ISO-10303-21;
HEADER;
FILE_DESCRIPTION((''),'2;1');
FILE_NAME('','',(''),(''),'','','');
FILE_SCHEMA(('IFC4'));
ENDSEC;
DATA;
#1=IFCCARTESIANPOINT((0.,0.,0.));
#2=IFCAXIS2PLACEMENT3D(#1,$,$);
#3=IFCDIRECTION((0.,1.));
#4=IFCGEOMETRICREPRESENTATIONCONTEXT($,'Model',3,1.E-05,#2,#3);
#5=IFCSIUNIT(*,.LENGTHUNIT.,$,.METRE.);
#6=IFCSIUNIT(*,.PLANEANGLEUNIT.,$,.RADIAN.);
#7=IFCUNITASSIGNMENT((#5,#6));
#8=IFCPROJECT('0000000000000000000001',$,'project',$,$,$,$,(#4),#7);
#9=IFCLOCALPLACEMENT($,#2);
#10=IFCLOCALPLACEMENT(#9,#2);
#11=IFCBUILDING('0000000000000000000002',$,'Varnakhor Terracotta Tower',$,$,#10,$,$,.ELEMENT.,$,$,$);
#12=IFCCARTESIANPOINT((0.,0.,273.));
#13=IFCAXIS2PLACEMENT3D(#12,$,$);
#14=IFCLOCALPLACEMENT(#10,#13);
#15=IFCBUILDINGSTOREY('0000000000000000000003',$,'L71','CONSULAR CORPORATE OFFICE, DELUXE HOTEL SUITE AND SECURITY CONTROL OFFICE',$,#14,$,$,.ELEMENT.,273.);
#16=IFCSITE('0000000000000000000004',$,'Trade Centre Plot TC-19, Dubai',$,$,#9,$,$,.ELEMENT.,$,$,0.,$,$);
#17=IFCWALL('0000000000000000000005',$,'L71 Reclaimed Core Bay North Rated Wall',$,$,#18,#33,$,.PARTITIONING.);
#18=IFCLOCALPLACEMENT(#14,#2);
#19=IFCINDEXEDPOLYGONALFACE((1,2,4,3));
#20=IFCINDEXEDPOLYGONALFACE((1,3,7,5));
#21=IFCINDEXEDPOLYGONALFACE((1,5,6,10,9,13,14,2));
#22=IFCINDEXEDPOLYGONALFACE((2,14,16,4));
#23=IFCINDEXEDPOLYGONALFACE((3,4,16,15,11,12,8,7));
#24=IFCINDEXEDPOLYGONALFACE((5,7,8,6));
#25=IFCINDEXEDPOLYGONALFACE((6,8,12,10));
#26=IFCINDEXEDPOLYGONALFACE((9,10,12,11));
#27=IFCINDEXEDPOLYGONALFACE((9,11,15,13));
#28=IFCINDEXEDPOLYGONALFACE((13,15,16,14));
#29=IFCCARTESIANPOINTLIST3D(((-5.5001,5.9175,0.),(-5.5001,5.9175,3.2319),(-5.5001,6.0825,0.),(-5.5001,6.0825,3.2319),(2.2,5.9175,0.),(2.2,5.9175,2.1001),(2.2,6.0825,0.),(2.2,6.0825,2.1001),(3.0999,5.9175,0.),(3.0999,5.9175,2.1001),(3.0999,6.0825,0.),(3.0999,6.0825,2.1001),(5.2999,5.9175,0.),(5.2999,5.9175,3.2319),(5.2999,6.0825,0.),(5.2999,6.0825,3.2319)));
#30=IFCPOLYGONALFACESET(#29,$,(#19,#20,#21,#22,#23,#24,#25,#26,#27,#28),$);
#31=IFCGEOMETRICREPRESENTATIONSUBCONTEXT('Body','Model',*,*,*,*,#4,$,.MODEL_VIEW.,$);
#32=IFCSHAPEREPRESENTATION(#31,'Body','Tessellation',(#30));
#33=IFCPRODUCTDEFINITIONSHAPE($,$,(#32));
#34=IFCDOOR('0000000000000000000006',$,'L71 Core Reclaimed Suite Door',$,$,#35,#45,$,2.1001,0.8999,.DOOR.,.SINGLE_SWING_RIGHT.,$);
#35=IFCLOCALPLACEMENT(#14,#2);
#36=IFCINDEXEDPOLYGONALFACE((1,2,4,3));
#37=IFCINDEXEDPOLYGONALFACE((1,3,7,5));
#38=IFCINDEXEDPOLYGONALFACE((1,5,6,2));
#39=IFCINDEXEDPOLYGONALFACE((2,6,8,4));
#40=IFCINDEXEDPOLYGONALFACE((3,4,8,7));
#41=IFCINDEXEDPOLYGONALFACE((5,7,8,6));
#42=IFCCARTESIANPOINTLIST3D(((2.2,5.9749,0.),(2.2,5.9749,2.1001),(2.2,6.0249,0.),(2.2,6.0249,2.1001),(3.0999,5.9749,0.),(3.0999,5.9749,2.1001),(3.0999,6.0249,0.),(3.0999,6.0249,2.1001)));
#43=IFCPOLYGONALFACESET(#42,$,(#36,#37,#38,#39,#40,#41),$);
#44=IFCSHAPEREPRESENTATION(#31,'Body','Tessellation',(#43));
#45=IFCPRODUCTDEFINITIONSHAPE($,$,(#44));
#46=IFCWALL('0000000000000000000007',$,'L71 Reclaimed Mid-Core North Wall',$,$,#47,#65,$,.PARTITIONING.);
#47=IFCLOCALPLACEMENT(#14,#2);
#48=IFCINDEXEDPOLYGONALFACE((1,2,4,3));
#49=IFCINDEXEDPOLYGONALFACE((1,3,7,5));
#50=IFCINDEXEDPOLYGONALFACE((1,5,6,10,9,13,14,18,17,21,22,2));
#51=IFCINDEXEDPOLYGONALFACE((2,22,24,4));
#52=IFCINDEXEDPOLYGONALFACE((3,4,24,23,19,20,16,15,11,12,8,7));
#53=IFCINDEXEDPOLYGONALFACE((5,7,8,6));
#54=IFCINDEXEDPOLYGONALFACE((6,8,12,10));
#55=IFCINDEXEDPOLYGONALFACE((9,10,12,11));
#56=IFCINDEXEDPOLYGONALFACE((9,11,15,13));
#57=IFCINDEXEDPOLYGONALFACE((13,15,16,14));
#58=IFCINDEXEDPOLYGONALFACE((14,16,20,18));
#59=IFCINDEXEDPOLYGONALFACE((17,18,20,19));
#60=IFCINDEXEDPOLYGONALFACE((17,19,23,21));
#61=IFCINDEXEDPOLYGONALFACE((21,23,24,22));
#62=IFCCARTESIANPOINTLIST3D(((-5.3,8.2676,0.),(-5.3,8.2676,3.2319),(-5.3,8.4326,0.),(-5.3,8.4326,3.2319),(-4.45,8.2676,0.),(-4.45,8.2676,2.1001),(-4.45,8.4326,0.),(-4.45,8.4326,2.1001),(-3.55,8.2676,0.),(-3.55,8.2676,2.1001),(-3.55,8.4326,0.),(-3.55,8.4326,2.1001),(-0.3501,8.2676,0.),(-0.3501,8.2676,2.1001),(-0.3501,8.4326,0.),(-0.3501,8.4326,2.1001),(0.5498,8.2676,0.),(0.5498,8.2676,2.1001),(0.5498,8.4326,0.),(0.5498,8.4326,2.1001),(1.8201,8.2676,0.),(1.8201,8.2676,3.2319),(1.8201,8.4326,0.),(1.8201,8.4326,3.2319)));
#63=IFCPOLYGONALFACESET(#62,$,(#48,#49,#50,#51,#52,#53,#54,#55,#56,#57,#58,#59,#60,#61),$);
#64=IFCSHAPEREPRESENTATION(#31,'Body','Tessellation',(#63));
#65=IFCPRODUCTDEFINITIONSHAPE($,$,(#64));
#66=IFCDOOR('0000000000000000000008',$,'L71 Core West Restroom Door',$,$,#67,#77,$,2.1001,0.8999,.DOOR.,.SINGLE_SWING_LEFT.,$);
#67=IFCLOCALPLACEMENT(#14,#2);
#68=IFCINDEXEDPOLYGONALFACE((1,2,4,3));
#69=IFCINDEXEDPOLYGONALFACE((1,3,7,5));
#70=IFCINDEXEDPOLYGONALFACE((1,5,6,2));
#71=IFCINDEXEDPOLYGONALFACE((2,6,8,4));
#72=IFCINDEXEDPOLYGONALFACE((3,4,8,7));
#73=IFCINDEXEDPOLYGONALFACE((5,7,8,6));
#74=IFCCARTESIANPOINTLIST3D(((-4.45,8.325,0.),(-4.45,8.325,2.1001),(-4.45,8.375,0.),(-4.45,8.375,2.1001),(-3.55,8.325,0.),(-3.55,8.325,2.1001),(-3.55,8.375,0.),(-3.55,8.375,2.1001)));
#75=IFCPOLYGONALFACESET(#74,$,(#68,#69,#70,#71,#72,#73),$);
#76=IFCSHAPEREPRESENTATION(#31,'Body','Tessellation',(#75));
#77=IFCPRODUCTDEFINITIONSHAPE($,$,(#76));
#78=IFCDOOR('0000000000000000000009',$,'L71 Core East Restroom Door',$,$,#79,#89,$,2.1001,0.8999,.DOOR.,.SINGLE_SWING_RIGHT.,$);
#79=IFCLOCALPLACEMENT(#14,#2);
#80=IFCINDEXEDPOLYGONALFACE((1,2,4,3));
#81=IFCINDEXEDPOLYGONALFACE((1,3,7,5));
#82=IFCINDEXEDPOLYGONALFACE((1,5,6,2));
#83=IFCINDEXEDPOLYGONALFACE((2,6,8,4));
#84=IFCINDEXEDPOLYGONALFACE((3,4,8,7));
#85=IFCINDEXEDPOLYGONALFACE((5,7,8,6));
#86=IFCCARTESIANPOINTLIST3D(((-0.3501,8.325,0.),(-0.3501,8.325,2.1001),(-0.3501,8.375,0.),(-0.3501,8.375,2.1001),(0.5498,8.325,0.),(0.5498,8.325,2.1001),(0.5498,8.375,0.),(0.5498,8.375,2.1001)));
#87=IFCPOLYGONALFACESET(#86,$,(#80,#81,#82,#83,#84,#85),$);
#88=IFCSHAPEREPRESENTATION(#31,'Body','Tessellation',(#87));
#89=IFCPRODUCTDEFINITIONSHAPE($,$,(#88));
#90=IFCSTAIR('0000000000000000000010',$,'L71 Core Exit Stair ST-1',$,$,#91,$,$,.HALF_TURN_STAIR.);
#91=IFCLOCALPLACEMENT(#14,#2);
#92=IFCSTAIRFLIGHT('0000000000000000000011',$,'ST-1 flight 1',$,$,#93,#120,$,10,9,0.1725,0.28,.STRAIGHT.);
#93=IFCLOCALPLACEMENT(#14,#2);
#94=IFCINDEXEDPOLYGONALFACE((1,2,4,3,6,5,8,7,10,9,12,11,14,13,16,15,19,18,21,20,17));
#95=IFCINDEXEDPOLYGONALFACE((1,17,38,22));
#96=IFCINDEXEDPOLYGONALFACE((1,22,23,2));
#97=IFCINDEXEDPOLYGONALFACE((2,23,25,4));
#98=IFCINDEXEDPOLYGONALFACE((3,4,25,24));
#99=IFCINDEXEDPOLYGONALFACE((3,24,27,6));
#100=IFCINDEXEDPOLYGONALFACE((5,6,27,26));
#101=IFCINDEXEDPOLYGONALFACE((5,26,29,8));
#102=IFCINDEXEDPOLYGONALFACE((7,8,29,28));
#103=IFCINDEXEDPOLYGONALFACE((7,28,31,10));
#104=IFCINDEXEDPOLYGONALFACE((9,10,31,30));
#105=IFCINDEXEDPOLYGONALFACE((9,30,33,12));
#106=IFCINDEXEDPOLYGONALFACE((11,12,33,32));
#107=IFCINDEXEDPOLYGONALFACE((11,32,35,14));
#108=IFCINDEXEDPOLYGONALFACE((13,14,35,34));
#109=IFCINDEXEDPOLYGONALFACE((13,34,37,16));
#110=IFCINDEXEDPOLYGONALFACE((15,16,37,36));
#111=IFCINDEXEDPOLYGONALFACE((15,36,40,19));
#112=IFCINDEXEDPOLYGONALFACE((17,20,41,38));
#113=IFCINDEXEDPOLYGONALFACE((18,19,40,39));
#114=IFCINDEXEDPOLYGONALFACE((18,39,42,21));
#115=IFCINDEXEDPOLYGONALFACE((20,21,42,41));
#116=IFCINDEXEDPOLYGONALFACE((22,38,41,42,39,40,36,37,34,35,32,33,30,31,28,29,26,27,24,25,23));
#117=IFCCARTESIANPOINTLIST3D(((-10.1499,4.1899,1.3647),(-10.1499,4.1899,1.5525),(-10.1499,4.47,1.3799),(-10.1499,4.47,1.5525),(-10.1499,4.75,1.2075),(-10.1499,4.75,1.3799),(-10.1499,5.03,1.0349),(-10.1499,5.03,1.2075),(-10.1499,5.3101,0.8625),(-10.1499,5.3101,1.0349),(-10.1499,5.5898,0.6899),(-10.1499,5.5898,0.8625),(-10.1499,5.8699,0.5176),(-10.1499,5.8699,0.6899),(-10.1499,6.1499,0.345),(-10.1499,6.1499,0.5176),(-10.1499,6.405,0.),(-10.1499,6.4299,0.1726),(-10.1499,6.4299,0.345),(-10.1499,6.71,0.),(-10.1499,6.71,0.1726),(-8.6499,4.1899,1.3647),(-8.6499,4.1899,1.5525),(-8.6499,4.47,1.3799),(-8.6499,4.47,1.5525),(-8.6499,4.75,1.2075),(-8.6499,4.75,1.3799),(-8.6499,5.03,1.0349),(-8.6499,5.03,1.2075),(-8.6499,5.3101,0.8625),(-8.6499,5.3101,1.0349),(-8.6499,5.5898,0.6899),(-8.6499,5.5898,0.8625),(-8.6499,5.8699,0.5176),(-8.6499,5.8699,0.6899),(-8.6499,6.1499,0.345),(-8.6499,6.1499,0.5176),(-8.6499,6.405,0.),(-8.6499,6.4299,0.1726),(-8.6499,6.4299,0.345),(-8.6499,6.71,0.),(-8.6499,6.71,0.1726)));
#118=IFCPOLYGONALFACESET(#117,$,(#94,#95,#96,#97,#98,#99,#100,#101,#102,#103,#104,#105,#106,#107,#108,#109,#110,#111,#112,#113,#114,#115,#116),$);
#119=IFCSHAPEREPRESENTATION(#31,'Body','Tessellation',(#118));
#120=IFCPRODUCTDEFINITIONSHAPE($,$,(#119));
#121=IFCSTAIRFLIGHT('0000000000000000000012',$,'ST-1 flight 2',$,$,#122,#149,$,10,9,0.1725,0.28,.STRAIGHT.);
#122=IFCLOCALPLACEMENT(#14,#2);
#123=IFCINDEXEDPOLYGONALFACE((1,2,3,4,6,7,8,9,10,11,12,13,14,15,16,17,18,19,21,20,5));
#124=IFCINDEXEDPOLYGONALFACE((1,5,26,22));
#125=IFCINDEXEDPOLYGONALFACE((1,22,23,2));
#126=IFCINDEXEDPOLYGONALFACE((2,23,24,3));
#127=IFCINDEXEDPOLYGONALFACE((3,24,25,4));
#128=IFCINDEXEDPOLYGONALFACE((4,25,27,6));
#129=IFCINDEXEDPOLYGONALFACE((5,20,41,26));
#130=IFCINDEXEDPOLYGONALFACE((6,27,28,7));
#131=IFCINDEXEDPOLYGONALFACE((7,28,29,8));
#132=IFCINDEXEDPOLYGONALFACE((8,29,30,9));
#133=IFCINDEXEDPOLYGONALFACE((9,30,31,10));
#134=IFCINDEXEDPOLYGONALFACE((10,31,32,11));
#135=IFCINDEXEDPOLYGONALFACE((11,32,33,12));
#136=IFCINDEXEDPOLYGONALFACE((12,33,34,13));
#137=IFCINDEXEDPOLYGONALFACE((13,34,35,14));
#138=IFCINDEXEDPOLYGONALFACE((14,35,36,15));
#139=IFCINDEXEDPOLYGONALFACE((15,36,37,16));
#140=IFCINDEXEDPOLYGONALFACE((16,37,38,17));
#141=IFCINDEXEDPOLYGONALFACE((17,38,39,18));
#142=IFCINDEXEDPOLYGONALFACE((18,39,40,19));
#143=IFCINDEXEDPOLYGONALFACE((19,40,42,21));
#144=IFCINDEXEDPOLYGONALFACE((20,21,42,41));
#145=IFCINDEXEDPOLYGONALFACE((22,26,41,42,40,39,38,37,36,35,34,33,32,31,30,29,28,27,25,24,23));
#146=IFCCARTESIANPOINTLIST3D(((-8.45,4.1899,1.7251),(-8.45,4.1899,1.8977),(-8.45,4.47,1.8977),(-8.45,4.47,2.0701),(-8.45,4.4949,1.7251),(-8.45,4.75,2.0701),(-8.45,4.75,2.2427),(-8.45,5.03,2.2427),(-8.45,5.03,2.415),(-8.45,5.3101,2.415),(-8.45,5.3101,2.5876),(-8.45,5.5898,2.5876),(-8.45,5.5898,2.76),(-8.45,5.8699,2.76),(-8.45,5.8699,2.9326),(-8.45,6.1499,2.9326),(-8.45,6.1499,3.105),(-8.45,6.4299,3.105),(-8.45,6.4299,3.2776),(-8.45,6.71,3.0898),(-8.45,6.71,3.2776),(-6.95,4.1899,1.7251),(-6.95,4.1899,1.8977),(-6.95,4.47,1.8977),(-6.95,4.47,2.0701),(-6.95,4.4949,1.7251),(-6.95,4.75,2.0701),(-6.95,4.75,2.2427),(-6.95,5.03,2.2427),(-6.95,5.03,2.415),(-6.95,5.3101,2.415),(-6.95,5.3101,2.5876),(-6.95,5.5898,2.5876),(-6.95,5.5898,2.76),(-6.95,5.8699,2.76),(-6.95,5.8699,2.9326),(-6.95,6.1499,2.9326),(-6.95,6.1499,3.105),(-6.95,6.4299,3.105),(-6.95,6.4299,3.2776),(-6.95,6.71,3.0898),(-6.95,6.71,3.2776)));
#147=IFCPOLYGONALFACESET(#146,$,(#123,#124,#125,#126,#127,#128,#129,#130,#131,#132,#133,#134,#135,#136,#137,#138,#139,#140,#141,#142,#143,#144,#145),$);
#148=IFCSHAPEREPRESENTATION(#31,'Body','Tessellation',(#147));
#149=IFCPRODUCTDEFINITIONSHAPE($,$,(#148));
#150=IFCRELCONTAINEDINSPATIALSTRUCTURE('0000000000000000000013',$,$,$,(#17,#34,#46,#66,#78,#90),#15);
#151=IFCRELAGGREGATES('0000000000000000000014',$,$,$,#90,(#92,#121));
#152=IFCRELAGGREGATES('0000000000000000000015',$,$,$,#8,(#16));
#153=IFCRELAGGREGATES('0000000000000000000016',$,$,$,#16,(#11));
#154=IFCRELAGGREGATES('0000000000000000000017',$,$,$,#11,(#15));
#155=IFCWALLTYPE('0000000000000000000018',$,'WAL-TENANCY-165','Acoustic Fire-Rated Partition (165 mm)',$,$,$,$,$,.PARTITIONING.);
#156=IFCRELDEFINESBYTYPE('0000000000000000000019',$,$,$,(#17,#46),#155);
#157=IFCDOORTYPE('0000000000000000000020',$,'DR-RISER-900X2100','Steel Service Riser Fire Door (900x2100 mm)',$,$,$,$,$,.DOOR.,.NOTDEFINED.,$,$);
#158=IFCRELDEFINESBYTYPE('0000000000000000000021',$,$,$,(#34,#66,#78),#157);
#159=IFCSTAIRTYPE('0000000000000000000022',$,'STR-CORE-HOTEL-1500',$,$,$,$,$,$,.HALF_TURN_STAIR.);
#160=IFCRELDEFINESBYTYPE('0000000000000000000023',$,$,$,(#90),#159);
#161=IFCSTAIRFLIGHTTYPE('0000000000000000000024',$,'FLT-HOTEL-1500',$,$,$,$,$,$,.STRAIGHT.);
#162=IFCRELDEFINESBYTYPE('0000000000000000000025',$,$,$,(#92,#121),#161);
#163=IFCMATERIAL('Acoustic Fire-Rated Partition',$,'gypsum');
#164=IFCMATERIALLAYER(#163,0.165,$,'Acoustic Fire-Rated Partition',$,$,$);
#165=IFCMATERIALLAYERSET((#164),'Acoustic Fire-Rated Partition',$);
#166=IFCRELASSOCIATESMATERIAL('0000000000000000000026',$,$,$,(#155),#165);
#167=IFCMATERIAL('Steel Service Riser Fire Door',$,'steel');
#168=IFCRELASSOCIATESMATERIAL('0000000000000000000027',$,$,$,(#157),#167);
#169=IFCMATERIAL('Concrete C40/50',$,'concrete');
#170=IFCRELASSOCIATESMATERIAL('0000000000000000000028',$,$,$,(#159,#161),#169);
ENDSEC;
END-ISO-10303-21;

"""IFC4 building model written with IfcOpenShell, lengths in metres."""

from ifc_helpers import new_model, si_unit, direction, frame, frame_2d, origin, place, context, subcontext, project, spatial, polyline, rectangle, outline, extrude, source, transform, mapped, material, layer, layer_set, type_object, type_shapes, element, fill, aggregate, save


model = new_model("IFC4")

# Units and contexts
model_context = context("Model", 3, precision=1e-05, world=origin(), true_north=direction((0.0, 1.0)))
body_context = subcontext(model_context, "Body", "Model", "MODEL_VIEW")
ifc_project = project(units=[si_unit("LENGTHUNIT", "METRE"), si_unit("PLANEANGLEUNIT", "RADIAN")], contexts=[model_context])

# Site, building, storey
site_placement = place(None, origin())
site = spatial("IfcSite", under=ifc_project, at=site_placement, Name="Trade Centre Plot TC-19, Dubai", CompositionType="ELEMENT", RefElevation=0.0)
building_placement = place(site_placement, origin())
building = spatial("IfcBuilding", under=site, at=building_placement, Name="Varnakhor Terracotta Tower", CompositionType="ELEMENT")
storey_placement = place(building_placement, frame((0.0, 0.0, 273.0)))
storey = spatial("IfcBuildingStorey", under=building, at=storey_placement, Name="L71", Description="CONSULAR CORPORATE OFFICE, DELUXE HOTEL SUITE AND SECURITY CONTROL OFFICE", CompositionType="ELEMENT", Elevation=273.0)

# Shared definitions
ifc_material_1 = material(Name="Concrete C40/50", Category="concrete")

# Wall, opening, door
ifc_material_2 = material(Name="Acoustic Fire-Rated Partition", Category="gypsum")
ifc_layer_1 = layer(ifc_material_2, 0.165, Name="Acoustic Fire-Rated Partition")
ifc_layer_set_1 = layer_set([ifc_layer_1], Name="Acoustic Fire-Rated Partition")
wall_type_1 = type_object("IfcWallType", Name="WAL-TENANCY-165", Description="Acoustic Fire-Rated Partition (165 mm)", PredefinedType="PARTITIONING", material=ifc_layer_set_1)
wall_1_placement = place(storey_placement, frame((-5.5, 6.0, 0.0), z_axis=(0.0, 0.0, 1.0), x_axis=(1.0, 0.0, 0.0)))
wall_1 = element("IfcWall", 1, at=wall_1_placement, inside=storey, type_object=wall_type_1, Name="L71 Reclaimed Core Bay North Rated Wall", PredefinedType="PARTITIONING", context=body_context, shape_type="SweptSolid", body=[
    extrude(rectangle(XDim=10.8, YDim=0.165, at=frame_2d((5.3999, 0.0))), origin(), (0.0, 0.0, 1.0), 3.2319),
])
opening_1_placement = place(wall_1_placement, frame((7.7, 0.0, 0.0)))
opening_1 = element("IfcOpeningElement", 2, at=opening_1_placement, cuts=wall_1, PredefinedType="OPENING", context=body_context, shape_type="SweptSolid", body=[
    extrude(rectangle(XDim=0.8999, YDim=2.1001, at=frame_2d((0.45, 1.05))), frame((0.0, 0.0925, 0.0), z_axis=(0.0, -1.0, 0.0), x_axis=(1.0, 0.0, 0.0)), (0.0, 0.0, 1.0), 0.1851),
])
ifc_material_3 = material(Name="Steel Service Riser Fire Door", Category="steel")
door_type_1 = type_object("IfcDoorType", Name="DR-RISER-900X2100", Description="Steel Service Riser Fire Door (900x2100 mm)", OperationType="NOTDEFINED", PredefinedType="DOOR", material=ifc_material_3)
shared_shape_1 = source(origin(), body_context, "Body", "SweptSolid", [
    extrude(rectangle(XDim=0.8999, YDim=2.1001, at=frame_2d((0.45, 1.05))), frame((0.0, 0.0249, 0.0), z_axis=(0.0, -1.0, 0.0), x_axis=(1.0, 0.0, 0.0)), (0.0, 0.0, 1.0), 0.05),
])
type_shapes(door_type_1, [shared_shape_1])
door_1_placement = place(opening_1_placement, origin())
door_1 = element("IfcDoor", 3, at=door_1_placement, inside=storey, type_object=door_type_1, Name="L71 Core Reclaimed Suite Door", OperationType="SINGLE_SWING_RIGHT", OverallHeight=2.1001, OverallWidth=0.8999, PredefinedType="DOOR", context=body_context, shape_type="MappedRepresentation", body=[
    mapped(shared_shape_1, transform((0.0, 0.0, 0.0), scale=1.0)),
])
fill(opening_1, door_1)

# Wall, openings, doors
wall_2_placement = place(storey_placement, frame((-5.3, 8.3501, 0.0), z_axis=(0.0, 0.0, 1.0), x_axis=(1.0, 0.0, 0.0)))
wall_2 = element("IfcWall", 4, at=wall_2_placement, inside=storey, type_object=wall_type_1, Name="L71 Reclaimed Mid-Core North Wall", PredefinedType="PARTITIONING", context=body_context, shape_type="SweptSolid", body=[
    extrude(rectangle(XDim=7.1201, YDim=0.165, at=frame_2d((3.5601, 0.0))), origin(), (0.0, 0.0, 1.0), 3.2319),
])
opening_2_placement = place(wall_2_placement, frame((0.8501, 0.0, 0.0)))
opening_2 = element("IfcOpeningElement", 5, at=opening_2_placement, cuts=wall_2, PredefinedType="OPENING", context=body_context, shape_type="SweptSolid", body=[
    extrude(rectangle(XDim=0.8999, YDim=2.1001, at=frame_2d((0.45, 1.05))), frame((0.0, 0.0925, 0.0), z_axis=(0.0, -1.0, 0.0), x_axis=(1.0, 0.0, 0.0)), (0.0, 0.0, 1.0), 0.1851),
])
opening_3_placement = place(wall_2_placement, frame((4.95, 0.0, 0.0)))
opening_3 = element("IfcOpeningElement", 6, at=opening_3_placement, cuts=wall_2, PredefinedType="OPENING", context=body_context, shape_type="SweptSolid", body=[
    extrude(rectangle(XDim=0.8999, YDim=2.1001, at=frame_2d((0.45, 1.05))), frame((0.0, 0.0925, 0.0), z_axis=(0.0, -1.0, 0.0), x_axis=(1.0, 0.0, 0.0)), (0.0, 0.0, 1.0), 0.1851),
])
door_2_placement = place(opening_2_placement, origin())
door_2 = element("IfcDoor", 7, at=door_2_placement, inside=storey, type_object=door_type_1, Name="L71 Core West Restroom Door", OperationType="SINGLE_SWING_LEFT", OverallHeight=2.1001, OverallWidth=0.8999, PredefinedType="DOOR", context=body_context, shape_type="MappedRepresentation", body=[
    mapped(shared_shape_1, transform((0.0, 0.0, 0.0), scale=1.0)),
])
fill(opening_2, door_2)
door_3_placement = place(opening_3_placement, origin())
door_3 = element("IfcDoor", 8, at=door_3_placement, inside=storey, type_object=door_type_1, Name="L71 Core East Restroom Door", OperationType="SINGLE_SWING_RIGHT", OverallHeight=2.1001, OverallWidth=0.8999, PredefinedType="DOOR", context=body_context, shape_type="MappedRepresentation", body=[
    mapped(shared_shape_1, transform((0.0, 0.0, 0.0), scale=1.0)),
])
fill(opening_3, door_3)

# Stair, stair flights
stair_type = type_object("IfcStairType", Name="STR-CORE-HOTEL-1500", PredefinedType="HALF_TURN_STAIR", material=ifc_material_1)
stair_placement = place(storey_placement, origin())
stair = element("IfcStair", 9, at=stair_placement, inside=storey, type_object=stair_type, Name="L71 Core Exit Stair ST-1", PredefinedType="HALF_TURN_STAIR")
stair_flight_type = type_object("IfcStairFlightType", Name="FLT-HOTEL-1500", PredefinedType="STRAIGHT", material=ifc_material_1)
stair_flight_1_placement = place(storey_placement, frame((-9.3999, 6.71, 0.0), z_axis=(0.0, 0.0, 1.0), x_axis=(0.0, -1.0, 0.0)))
stair_flight_1 = element("IfcStairFlight", 10, at=stair_flight_1_placement, type_object=stair_flight_type, Name="ST-1 flight 1", NumberOfRisers=10, NumberOfTreads=9, PredefinedType="STRAIGHT", RiserHeight=0.1725, TreadLength=0.28, context=body_context, shape_type="SweptSolid", body=[
    extrude(outline(polyline([(0.0, 0.0), (0.0, 0.1726), (0.28, 0.1726), (0.28, 0.345), (0.5601, 0.345), (0.5601, 0.5176), (0.8401, 0.5176), (0.8401, 0.6899), (1.1201, 0.6899), (1.1201, 0.8625), (1.3999, 0.8625), (1.3999, 1.0349), (1.6799, 1.0349), (1.6799, 1.2075), (1.96, 1.2075), (1.96, 1.3799), (2.24, 1.3799), (2.24, 1.5525), (2.52, 1.5525), (2.52, 1.7251), (2.52, 1.3647), (0.3049, 0.0), (0.0, 0.0)])), frame((0.0, 0.75, 0.0), z_axis=(0.0, -1.0, 0.0), x_axis=(1.0, 0.0, 0.0)), (0.0, 0.0, 1.0), 1.5),
])
stair_flight_2_placement = place(storey_placement, frame((-7.7, 4.1899, 1.7251), z_axis=(0.0, 0.0, 1.0), x_axis=(0.0, 1.0, 0.0)))
stair_flight_2 = element("IfcStairFlight", 11, at=stair_flight_2_placement, type_object=stair_flight_type, Name="ST-1 flight 2", NumberOfRisers=10, NumberOfTreads=9, PredefinedType="STRAIGHT", RiserHeight=0.1725, TreadLength=0.28, context=body_context, shape_type="SweptSolid", body=[
    extrude(outline(polyline([(0.0, 0.0), (0.0, 0.1726), (0.28, 0.1726), (0.28, 0.345), (0.5601, 0.345), (0.5601, 0.5176), (0.8401, 0.5176), (0.8401, 0.6899), (1.1201, 0.6899), (1.1201, 0.8625), (1.3999, 0.8625), (1.3999, 1.0349), (1.6799, 1.0349), (1.6799, 1.2075), (1.96, 1.2075), (1.96, 1.3799), (2.24, 1.3799), (2.24, 1.5525), (2.52, 1.5525), (2.52, 1.7251), (2.52, 1.3647), (0.3049, 0.0), (0.0, 0.0)])), frame((0.0, 0.75, 0.0), z_axis=(0.0, -1.0, 0.0), x_axis=(1.0, 0.0, 0.0)), (0.0, 0.0, 1.0), 1.5),
])
aggregate(stair, [stair_flight_1, stair_flight_2])

save(model, "model.ifc")
